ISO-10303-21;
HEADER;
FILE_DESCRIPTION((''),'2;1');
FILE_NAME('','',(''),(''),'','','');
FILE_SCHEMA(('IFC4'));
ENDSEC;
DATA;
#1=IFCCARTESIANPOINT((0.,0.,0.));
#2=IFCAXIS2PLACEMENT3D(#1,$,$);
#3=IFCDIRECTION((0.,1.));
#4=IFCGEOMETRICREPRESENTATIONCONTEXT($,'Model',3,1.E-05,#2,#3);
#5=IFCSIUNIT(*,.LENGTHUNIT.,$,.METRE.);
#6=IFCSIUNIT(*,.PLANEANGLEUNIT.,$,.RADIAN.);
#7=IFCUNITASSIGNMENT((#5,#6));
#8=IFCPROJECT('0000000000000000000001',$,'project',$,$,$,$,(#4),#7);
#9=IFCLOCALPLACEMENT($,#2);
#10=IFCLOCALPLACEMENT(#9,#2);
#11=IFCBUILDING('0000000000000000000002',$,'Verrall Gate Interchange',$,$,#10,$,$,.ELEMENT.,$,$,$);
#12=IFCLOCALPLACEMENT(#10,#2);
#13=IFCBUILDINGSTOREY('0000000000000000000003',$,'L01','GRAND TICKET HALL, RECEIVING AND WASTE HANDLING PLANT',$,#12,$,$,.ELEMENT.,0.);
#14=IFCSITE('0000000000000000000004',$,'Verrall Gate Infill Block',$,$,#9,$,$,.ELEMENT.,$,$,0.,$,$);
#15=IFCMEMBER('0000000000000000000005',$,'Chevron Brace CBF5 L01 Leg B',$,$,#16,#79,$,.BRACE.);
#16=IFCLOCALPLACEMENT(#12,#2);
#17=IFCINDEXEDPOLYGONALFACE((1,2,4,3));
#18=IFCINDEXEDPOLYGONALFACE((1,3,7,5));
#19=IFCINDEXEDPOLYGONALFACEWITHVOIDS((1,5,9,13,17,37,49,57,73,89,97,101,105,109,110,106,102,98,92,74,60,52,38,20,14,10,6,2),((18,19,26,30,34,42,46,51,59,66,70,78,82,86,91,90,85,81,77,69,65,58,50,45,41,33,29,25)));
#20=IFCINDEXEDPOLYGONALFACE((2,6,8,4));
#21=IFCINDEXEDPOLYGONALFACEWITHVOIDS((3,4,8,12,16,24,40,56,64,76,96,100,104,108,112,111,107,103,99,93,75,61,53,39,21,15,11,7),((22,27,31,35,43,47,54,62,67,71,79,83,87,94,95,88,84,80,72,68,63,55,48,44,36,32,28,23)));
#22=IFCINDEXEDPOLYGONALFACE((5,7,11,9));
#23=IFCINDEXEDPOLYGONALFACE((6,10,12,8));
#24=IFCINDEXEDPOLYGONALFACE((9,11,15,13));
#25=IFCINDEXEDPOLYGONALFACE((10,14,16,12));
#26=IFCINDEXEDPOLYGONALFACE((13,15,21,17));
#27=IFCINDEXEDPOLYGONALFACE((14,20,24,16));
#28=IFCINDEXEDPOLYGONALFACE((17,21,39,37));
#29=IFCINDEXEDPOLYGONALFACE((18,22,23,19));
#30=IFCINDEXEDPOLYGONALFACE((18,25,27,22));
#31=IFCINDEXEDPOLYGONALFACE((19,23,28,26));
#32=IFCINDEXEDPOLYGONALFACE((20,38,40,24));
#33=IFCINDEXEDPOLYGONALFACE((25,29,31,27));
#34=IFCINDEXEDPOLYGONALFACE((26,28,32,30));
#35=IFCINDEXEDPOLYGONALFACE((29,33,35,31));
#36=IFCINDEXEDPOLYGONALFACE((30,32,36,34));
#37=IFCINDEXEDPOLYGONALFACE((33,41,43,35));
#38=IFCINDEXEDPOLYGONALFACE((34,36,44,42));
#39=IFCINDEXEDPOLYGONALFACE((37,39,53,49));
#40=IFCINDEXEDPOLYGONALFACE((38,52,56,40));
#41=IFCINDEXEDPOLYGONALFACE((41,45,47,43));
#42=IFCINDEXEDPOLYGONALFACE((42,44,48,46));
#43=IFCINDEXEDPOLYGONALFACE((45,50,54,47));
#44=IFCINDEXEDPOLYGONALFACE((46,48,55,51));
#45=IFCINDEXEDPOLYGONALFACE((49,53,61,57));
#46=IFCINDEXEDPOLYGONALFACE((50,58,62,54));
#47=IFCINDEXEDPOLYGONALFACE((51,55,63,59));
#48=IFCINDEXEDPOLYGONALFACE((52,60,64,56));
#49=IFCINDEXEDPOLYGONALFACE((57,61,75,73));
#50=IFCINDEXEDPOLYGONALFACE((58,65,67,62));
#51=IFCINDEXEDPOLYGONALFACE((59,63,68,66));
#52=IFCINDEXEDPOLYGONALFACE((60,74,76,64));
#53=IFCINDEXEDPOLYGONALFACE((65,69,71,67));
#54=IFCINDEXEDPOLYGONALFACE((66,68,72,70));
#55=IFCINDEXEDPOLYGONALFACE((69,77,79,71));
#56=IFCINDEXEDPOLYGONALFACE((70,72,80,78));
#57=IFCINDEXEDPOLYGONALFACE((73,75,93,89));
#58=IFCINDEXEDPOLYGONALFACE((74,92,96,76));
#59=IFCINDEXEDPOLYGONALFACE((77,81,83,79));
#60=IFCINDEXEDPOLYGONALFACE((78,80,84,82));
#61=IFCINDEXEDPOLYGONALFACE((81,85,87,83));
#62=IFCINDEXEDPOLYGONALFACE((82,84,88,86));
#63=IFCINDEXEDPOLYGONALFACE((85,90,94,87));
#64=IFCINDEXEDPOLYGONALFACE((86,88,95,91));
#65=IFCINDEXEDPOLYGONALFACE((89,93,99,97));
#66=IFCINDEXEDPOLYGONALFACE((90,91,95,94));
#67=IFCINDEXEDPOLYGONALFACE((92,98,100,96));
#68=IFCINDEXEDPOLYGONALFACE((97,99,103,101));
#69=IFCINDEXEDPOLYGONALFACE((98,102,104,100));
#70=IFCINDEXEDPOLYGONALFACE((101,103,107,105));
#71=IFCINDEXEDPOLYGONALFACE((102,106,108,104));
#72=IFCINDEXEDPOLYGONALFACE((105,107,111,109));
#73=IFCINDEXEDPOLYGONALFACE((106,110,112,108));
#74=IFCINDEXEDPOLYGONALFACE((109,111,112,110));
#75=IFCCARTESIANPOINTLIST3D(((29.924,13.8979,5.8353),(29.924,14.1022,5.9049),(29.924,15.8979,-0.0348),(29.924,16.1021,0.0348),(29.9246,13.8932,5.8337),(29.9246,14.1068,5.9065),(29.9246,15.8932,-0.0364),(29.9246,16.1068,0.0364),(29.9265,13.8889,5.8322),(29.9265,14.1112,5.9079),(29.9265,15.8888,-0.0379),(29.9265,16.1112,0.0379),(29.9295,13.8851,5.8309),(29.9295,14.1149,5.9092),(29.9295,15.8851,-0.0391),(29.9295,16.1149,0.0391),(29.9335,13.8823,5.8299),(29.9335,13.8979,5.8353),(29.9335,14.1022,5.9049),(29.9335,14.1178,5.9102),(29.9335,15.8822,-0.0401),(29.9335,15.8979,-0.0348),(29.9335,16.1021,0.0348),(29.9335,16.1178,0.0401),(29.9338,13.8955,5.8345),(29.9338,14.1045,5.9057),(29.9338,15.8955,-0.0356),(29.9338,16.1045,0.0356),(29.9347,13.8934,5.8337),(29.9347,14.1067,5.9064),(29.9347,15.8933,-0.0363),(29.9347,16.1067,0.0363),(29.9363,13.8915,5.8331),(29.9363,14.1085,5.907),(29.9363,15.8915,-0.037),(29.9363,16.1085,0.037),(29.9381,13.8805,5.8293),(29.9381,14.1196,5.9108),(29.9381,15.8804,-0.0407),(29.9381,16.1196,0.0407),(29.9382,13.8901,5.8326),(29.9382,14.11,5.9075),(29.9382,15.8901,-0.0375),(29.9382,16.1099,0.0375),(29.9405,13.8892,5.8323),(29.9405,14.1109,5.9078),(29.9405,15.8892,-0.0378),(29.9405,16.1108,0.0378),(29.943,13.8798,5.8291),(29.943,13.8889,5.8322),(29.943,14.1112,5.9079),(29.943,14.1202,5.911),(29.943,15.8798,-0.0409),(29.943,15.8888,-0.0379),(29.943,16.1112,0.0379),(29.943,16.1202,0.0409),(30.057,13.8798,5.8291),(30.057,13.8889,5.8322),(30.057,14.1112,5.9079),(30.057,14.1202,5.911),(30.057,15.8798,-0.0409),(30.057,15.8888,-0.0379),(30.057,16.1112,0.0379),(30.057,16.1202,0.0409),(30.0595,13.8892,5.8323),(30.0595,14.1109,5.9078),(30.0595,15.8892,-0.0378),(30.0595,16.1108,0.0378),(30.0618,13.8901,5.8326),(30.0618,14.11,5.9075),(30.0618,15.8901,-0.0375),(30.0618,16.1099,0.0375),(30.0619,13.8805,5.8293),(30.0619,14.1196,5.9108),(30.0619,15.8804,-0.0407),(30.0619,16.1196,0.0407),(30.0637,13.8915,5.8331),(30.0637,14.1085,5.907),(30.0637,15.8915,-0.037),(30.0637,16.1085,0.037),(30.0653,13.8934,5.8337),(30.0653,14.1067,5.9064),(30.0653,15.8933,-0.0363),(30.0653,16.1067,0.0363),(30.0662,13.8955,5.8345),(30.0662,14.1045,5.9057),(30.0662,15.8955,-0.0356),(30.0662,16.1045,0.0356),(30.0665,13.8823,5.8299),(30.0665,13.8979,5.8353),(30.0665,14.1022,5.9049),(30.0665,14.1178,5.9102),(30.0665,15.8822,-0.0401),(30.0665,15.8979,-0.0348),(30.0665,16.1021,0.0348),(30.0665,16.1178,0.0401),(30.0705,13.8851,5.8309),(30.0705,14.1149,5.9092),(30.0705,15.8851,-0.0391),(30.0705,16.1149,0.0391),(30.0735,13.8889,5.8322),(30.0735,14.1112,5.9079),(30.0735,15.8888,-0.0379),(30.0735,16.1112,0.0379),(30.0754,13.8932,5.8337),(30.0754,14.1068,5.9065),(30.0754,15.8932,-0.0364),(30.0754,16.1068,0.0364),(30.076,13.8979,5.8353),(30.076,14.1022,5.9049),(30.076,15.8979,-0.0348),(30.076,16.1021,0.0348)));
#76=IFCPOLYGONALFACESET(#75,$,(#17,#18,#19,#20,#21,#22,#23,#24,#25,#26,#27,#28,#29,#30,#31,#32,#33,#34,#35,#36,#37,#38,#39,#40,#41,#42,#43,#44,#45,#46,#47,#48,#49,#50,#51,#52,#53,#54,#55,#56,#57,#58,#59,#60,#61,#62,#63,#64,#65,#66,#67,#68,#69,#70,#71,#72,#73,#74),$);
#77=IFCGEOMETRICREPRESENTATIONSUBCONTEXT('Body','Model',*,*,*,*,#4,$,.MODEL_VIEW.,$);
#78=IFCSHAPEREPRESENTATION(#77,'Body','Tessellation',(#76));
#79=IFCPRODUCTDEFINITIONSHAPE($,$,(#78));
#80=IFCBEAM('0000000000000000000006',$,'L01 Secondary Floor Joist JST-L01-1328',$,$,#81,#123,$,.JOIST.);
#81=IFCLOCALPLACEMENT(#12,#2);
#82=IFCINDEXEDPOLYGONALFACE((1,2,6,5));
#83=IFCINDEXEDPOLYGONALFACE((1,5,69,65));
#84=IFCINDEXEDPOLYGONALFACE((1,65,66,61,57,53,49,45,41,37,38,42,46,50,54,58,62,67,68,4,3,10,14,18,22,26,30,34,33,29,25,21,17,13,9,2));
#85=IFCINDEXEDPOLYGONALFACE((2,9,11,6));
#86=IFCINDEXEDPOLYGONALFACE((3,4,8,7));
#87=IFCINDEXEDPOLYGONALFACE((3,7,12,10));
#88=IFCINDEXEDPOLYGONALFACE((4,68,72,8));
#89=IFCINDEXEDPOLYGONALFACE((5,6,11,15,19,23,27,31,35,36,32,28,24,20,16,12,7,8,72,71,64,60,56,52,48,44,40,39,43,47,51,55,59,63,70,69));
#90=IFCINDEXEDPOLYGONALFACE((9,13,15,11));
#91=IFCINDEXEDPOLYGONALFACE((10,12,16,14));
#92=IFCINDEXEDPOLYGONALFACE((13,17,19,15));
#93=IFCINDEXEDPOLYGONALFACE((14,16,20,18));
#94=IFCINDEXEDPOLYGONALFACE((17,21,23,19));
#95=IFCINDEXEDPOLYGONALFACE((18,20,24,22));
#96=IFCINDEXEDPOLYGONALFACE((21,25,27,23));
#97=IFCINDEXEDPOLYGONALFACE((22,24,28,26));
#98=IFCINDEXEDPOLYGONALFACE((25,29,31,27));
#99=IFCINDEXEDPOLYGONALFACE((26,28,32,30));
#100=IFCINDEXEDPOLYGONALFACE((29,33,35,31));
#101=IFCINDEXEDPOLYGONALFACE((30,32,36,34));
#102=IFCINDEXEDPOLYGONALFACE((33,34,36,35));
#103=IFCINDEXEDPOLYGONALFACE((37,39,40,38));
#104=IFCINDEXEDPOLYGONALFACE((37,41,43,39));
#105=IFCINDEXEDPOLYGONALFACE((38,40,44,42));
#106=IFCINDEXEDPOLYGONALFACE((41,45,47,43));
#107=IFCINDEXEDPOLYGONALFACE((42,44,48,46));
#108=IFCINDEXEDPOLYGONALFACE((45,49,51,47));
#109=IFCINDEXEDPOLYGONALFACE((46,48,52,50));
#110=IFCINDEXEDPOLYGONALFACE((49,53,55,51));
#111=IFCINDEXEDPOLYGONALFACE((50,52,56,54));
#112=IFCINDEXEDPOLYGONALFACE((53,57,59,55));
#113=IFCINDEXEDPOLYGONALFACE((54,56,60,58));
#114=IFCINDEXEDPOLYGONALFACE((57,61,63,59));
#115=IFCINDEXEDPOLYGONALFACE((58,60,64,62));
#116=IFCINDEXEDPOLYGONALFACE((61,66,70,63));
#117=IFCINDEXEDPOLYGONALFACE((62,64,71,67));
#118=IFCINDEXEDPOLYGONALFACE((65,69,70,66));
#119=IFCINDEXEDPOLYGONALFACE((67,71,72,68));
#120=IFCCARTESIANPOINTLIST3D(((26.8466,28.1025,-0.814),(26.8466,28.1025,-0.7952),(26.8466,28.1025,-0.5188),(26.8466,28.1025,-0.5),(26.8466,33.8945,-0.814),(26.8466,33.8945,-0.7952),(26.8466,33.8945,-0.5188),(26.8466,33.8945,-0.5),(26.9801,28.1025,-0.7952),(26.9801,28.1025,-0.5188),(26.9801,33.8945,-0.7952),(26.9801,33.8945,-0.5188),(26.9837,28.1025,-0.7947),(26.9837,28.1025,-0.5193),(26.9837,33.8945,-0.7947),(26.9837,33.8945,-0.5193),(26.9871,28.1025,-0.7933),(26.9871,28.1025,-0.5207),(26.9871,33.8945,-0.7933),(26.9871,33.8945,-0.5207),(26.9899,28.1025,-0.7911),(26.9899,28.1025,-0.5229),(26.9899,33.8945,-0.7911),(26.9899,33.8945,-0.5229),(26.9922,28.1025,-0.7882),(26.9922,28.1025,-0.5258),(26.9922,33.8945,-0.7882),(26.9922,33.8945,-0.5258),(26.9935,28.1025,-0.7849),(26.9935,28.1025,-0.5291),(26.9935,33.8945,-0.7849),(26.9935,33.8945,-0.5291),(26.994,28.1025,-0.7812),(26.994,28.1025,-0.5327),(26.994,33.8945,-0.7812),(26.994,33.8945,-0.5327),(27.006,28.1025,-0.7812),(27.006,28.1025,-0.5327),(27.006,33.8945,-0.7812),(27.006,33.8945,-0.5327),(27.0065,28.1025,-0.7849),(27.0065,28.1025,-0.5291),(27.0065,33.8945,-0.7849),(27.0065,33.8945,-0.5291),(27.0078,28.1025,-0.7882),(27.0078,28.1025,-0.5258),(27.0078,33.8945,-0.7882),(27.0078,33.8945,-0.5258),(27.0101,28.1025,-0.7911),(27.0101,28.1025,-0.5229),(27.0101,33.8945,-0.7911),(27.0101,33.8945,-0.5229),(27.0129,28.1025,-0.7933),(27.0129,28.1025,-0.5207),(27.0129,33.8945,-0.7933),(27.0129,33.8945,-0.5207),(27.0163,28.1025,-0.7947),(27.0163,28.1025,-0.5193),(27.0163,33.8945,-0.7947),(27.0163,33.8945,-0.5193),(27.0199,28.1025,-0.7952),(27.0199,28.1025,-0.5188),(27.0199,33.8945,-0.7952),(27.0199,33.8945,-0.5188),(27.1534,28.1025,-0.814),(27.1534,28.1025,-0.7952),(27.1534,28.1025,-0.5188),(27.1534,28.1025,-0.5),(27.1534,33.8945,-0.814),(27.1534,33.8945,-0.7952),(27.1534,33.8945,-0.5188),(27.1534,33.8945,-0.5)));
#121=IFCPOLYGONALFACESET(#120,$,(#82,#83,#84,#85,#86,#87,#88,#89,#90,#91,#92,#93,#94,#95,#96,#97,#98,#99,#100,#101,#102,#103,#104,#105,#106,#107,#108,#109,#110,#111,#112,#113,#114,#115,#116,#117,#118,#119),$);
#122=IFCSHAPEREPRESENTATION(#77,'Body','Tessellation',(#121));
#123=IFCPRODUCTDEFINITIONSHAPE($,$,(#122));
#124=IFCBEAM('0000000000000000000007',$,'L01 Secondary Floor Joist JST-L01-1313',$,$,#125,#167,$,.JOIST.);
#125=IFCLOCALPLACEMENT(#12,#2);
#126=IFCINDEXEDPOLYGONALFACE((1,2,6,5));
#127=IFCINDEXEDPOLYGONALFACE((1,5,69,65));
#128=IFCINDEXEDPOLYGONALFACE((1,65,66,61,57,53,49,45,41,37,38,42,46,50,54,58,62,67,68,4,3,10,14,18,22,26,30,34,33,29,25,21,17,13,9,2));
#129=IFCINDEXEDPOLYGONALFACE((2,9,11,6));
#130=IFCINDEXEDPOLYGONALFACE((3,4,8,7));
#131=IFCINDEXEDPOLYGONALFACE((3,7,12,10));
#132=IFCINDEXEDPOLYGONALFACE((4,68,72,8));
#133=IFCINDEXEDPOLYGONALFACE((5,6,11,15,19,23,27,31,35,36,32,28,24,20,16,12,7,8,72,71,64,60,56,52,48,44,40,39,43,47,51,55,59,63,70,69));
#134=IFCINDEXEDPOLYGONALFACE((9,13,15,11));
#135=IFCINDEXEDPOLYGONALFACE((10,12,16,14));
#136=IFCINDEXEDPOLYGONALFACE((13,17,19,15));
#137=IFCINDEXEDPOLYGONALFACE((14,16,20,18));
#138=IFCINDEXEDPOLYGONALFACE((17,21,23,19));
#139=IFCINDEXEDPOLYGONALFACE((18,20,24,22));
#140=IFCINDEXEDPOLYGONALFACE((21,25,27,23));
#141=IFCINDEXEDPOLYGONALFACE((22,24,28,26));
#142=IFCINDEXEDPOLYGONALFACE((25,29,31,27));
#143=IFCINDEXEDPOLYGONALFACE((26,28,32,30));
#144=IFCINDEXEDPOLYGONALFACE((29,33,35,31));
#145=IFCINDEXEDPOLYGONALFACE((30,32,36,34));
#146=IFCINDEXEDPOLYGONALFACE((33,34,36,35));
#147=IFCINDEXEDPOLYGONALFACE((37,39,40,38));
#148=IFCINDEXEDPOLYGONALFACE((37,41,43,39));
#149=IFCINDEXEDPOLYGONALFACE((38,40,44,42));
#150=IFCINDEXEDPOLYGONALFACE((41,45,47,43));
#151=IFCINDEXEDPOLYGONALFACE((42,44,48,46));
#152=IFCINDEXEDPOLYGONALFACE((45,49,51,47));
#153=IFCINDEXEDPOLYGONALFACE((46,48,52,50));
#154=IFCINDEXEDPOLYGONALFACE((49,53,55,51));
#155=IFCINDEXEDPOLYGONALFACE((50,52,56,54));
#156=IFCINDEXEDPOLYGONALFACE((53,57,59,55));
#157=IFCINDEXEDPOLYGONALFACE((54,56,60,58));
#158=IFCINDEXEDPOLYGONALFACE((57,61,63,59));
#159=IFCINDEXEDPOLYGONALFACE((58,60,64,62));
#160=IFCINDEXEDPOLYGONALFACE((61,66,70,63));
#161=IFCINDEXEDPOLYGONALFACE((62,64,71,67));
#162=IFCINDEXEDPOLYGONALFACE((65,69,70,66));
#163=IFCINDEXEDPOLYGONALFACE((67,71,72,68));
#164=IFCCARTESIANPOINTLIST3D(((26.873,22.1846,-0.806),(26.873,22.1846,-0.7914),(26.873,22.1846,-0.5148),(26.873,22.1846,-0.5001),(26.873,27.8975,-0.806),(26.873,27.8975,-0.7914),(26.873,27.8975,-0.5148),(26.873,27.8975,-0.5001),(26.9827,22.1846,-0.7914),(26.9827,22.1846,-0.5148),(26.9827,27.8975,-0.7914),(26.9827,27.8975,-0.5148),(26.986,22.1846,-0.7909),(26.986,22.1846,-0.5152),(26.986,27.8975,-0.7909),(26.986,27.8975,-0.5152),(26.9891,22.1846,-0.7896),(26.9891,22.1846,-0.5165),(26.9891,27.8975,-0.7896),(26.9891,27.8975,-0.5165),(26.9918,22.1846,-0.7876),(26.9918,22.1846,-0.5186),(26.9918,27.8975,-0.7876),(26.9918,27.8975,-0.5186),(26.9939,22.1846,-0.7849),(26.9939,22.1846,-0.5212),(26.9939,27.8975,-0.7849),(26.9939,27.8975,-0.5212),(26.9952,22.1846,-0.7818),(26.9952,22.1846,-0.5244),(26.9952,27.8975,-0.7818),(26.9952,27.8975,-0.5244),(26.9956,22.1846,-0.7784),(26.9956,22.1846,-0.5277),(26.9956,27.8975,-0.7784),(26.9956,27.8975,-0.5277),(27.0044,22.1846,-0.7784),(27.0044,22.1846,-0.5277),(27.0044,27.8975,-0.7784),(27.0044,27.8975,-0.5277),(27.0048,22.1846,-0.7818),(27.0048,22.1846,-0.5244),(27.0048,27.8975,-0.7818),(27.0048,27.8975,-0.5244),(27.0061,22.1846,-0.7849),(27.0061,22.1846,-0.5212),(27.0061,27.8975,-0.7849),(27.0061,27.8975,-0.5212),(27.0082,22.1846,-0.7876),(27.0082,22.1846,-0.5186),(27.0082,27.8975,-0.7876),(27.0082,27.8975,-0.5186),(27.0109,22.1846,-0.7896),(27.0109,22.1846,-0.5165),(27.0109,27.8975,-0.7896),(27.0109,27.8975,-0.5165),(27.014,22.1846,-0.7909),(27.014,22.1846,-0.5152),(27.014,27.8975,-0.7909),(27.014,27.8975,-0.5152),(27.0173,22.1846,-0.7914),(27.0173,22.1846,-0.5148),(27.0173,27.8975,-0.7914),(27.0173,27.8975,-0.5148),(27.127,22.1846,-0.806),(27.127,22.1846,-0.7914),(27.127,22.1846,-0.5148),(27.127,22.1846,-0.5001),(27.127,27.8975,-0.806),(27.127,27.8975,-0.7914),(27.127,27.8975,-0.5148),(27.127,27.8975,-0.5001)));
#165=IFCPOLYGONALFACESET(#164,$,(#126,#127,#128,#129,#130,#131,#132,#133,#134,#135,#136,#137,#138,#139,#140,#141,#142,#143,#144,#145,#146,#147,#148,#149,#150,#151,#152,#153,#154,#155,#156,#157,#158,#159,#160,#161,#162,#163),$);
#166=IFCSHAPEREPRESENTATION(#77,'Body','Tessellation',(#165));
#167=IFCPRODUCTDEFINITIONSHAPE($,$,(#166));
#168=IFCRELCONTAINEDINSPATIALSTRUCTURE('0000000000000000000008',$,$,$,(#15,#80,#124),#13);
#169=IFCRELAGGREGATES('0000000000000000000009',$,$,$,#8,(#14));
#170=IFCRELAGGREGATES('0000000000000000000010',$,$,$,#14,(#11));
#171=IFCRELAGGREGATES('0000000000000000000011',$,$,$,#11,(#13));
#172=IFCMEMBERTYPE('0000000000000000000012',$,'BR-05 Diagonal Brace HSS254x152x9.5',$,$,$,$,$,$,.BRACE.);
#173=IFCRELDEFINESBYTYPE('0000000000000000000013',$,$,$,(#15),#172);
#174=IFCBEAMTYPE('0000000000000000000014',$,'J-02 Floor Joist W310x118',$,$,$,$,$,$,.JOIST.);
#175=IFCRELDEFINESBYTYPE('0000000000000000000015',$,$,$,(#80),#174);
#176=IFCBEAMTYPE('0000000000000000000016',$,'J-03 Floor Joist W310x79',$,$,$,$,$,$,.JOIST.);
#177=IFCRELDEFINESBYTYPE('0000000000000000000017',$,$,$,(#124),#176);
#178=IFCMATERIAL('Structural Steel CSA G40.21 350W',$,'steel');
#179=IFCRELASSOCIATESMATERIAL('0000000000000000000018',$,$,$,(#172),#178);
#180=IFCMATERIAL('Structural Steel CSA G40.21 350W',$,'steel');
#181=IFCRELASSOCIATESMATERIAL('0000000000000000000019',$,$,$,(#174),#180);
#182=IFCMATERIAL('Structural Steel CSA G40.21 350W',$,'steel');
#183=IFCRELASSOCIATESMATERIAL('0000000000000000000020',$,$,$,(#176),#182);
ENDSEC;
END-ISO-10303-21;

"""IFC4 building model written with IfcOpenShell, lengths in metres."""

from ifc_helpers import new_model, si_unit, direction, frame, origin, origin_2d, place, context, subcontext, project, spatial, hollow_rectangle, i_section, extrude, material, material_profile, profile_set, type_object, element, save


model = new_model("IFC4")

# Units and contexts
model_context = context("Model", 3, precision=1e-05, world=origin(), true_north=direction((0.0, 1.0)))
body_context = subcontext(model_context, "Body", "Model", "MODEL_VIEW")
ifc_project = project(units=[si_unit("LENGTHUNIT", "METRE"), si_unit("PLANEANGLEUNIT", "RADIAN")], contexts=[model_context])

# Site, building, storey
site_placement = place(None, origin())
site = spatial("IfcSite", under=ifc_project, at=site_placement, Name="Verrall Gate Infill Block", CompositionType="ELEMENT", RefElevation=0.0)
building_placement = place(site_placement, origin())
building = spatial("IfcBuilding", under=site, at=building_placement, Name="Verrall Gate Interchange", CompositionType="ELEMENT")
storey_placement = place(building_placement, origin())
storey = spatial("IfcBuildingStorey", under=building, at=storey_placement, Name="L01", Description="GRAND TICKET HALL, RECEIVING AND WASTE HANDLING PLANT", CompositionType="ELEMENT", Elevation=0.0)

# Member
ifc_material_1 = material(Name="Structural Steel CSA G40.21 350W", Category="steel")
ifc_material_profile_1 = material_profile(ifc_material_1, hollow_rectangle(XDim=0.1521, YDim=0.2539, WallThickness=0.0095, InnerFilletRadius=0.0095, OuterFilletRadius=0.019, at=origin_2d()), Name="HSS254x152x9.5")
ifc_profile_set_1 = profile_set([ifc_material_profile_1], Name="Structural Steel CSA G40.21 350W")
member_type = type_object("IfcMemberType", Name="BR-05 Diagonal Brace HSS254x152x9.5", PredefinedType="BRACE", material=ifc_profile_set_1)
member_placement = place(storey_placement, frame((30.0, 16.0, 0.0), z_axis=(0.0, -0.322504, 0.946568), x_axis=(1.0, 0.0, 0.0)))
element("IfcMember", 1, at=member_placement, inside=storey, type_object=member_type, Name="Chevron Brace CBF5 L01 Leg B", PredefinedType="BRACE", context=body_context, shape_type="SweptSolid", body=[
    extrude(hollow_rectangle(XDim=0.1521, YDim=0.2539, WallThickness=0.0095, InnerFilletRadius=0.0095, OuterFilletRadius=0.019, at=origin_2d()), origin(), (0.0, 0.0, 1.0), 6.2014),
])

# Beams
ifc_material_2 = material(Name="Structural Steel CSA G40.21 350W", Category="steel")
ifc_material_profile_2 = material_profile(ifc_material_2, i_section(OverallWidth=0.3069, OverallDepth=0.314, WebThickness=0.012, FlangeThickness=0.0188, FilletRadius=0.0139, at=origin_2d()), Name="W310x118")
ifc_profile_set_2 = profile_set([ifc_material_profile_2], Name="Structural Steel CSA G40.21 350W")
beam_type_1 = type_object("IfcBeamType", Name="J-02 Floor Joist W310x118", PredefinedType="JOIST", material=ifc_profile_set_2)
beam_1_placement = place(storey_placement, frame((27.0, 28.1025, -0.657), z_axis=(0.0, 1.0, 0.0), x_axis=(-1.0, 0.0, 0.0)))
element("IfcBeam", 2, at=beam_1_placement, inside=storey, type_object=beam_type_1, Name="L01 Secondary Floor Joist JST-L01-1328", PredefinedType="JOIST", context=body_context, shape_type="SweptSolid", body=[
    extrude(i_section(OverallWidth=0.3069, OverallDepth=0.314, WebThickness=0.012, FlangeThickness=0.0188, FilletRadius=0.0139, at=origin_2d()), origin(), (0.0, 0.0, 1.0), 5.792),
])
ifc_material_3 = material(Name="Structural Steel CSA G40.21 350W", Category="steel")
ifc_material_profile_3 = material_profile(ifc_material_3, i_section(OverallWidth=0.2539, OverallDepth=0.3059, WebThickness=0.0088, FlangeThickness=0.0146, FilletRadius=0.0129, at=origin_2d()), Name="W310x79")
ifc_profile_set_3 = profile_set([ifc_material_profile_3], Name="Structural Steel CSA G40.21 350W")
beam_type_2 = type_object("IfcBeamType", Name="J-03 Floor Joist W310x79", PredefinedType="JOIST", material=ifc_profile_set_3)
beam_2_placement = place(storey_placement, frame((27.0, 22.1846, -0.6531), z_axis=(0.0, 1.0, 0.0), x_axis=(-1.0, 0.0, 0.0)))
element("IfcBeam", 3, at=beam_2_placement, inside=storey, type_object=beam_type_2, Name="L01 Secondary Floor Joist JST-L01-1313", PredefinedType="JOIST", context=body_context, shape_type="SweptSolid", body=[
    extrude(i_section(OverallWidth=0.2539, OverallDepth=0.3059, WebThickness=0.0088, FlangeThickness=0.0146, FilletRadius=0.0129, at=origin_2d()), origin(), (0.0, 0.0, 1.0), 5.7129),
])

save(model, "model.ifc")
